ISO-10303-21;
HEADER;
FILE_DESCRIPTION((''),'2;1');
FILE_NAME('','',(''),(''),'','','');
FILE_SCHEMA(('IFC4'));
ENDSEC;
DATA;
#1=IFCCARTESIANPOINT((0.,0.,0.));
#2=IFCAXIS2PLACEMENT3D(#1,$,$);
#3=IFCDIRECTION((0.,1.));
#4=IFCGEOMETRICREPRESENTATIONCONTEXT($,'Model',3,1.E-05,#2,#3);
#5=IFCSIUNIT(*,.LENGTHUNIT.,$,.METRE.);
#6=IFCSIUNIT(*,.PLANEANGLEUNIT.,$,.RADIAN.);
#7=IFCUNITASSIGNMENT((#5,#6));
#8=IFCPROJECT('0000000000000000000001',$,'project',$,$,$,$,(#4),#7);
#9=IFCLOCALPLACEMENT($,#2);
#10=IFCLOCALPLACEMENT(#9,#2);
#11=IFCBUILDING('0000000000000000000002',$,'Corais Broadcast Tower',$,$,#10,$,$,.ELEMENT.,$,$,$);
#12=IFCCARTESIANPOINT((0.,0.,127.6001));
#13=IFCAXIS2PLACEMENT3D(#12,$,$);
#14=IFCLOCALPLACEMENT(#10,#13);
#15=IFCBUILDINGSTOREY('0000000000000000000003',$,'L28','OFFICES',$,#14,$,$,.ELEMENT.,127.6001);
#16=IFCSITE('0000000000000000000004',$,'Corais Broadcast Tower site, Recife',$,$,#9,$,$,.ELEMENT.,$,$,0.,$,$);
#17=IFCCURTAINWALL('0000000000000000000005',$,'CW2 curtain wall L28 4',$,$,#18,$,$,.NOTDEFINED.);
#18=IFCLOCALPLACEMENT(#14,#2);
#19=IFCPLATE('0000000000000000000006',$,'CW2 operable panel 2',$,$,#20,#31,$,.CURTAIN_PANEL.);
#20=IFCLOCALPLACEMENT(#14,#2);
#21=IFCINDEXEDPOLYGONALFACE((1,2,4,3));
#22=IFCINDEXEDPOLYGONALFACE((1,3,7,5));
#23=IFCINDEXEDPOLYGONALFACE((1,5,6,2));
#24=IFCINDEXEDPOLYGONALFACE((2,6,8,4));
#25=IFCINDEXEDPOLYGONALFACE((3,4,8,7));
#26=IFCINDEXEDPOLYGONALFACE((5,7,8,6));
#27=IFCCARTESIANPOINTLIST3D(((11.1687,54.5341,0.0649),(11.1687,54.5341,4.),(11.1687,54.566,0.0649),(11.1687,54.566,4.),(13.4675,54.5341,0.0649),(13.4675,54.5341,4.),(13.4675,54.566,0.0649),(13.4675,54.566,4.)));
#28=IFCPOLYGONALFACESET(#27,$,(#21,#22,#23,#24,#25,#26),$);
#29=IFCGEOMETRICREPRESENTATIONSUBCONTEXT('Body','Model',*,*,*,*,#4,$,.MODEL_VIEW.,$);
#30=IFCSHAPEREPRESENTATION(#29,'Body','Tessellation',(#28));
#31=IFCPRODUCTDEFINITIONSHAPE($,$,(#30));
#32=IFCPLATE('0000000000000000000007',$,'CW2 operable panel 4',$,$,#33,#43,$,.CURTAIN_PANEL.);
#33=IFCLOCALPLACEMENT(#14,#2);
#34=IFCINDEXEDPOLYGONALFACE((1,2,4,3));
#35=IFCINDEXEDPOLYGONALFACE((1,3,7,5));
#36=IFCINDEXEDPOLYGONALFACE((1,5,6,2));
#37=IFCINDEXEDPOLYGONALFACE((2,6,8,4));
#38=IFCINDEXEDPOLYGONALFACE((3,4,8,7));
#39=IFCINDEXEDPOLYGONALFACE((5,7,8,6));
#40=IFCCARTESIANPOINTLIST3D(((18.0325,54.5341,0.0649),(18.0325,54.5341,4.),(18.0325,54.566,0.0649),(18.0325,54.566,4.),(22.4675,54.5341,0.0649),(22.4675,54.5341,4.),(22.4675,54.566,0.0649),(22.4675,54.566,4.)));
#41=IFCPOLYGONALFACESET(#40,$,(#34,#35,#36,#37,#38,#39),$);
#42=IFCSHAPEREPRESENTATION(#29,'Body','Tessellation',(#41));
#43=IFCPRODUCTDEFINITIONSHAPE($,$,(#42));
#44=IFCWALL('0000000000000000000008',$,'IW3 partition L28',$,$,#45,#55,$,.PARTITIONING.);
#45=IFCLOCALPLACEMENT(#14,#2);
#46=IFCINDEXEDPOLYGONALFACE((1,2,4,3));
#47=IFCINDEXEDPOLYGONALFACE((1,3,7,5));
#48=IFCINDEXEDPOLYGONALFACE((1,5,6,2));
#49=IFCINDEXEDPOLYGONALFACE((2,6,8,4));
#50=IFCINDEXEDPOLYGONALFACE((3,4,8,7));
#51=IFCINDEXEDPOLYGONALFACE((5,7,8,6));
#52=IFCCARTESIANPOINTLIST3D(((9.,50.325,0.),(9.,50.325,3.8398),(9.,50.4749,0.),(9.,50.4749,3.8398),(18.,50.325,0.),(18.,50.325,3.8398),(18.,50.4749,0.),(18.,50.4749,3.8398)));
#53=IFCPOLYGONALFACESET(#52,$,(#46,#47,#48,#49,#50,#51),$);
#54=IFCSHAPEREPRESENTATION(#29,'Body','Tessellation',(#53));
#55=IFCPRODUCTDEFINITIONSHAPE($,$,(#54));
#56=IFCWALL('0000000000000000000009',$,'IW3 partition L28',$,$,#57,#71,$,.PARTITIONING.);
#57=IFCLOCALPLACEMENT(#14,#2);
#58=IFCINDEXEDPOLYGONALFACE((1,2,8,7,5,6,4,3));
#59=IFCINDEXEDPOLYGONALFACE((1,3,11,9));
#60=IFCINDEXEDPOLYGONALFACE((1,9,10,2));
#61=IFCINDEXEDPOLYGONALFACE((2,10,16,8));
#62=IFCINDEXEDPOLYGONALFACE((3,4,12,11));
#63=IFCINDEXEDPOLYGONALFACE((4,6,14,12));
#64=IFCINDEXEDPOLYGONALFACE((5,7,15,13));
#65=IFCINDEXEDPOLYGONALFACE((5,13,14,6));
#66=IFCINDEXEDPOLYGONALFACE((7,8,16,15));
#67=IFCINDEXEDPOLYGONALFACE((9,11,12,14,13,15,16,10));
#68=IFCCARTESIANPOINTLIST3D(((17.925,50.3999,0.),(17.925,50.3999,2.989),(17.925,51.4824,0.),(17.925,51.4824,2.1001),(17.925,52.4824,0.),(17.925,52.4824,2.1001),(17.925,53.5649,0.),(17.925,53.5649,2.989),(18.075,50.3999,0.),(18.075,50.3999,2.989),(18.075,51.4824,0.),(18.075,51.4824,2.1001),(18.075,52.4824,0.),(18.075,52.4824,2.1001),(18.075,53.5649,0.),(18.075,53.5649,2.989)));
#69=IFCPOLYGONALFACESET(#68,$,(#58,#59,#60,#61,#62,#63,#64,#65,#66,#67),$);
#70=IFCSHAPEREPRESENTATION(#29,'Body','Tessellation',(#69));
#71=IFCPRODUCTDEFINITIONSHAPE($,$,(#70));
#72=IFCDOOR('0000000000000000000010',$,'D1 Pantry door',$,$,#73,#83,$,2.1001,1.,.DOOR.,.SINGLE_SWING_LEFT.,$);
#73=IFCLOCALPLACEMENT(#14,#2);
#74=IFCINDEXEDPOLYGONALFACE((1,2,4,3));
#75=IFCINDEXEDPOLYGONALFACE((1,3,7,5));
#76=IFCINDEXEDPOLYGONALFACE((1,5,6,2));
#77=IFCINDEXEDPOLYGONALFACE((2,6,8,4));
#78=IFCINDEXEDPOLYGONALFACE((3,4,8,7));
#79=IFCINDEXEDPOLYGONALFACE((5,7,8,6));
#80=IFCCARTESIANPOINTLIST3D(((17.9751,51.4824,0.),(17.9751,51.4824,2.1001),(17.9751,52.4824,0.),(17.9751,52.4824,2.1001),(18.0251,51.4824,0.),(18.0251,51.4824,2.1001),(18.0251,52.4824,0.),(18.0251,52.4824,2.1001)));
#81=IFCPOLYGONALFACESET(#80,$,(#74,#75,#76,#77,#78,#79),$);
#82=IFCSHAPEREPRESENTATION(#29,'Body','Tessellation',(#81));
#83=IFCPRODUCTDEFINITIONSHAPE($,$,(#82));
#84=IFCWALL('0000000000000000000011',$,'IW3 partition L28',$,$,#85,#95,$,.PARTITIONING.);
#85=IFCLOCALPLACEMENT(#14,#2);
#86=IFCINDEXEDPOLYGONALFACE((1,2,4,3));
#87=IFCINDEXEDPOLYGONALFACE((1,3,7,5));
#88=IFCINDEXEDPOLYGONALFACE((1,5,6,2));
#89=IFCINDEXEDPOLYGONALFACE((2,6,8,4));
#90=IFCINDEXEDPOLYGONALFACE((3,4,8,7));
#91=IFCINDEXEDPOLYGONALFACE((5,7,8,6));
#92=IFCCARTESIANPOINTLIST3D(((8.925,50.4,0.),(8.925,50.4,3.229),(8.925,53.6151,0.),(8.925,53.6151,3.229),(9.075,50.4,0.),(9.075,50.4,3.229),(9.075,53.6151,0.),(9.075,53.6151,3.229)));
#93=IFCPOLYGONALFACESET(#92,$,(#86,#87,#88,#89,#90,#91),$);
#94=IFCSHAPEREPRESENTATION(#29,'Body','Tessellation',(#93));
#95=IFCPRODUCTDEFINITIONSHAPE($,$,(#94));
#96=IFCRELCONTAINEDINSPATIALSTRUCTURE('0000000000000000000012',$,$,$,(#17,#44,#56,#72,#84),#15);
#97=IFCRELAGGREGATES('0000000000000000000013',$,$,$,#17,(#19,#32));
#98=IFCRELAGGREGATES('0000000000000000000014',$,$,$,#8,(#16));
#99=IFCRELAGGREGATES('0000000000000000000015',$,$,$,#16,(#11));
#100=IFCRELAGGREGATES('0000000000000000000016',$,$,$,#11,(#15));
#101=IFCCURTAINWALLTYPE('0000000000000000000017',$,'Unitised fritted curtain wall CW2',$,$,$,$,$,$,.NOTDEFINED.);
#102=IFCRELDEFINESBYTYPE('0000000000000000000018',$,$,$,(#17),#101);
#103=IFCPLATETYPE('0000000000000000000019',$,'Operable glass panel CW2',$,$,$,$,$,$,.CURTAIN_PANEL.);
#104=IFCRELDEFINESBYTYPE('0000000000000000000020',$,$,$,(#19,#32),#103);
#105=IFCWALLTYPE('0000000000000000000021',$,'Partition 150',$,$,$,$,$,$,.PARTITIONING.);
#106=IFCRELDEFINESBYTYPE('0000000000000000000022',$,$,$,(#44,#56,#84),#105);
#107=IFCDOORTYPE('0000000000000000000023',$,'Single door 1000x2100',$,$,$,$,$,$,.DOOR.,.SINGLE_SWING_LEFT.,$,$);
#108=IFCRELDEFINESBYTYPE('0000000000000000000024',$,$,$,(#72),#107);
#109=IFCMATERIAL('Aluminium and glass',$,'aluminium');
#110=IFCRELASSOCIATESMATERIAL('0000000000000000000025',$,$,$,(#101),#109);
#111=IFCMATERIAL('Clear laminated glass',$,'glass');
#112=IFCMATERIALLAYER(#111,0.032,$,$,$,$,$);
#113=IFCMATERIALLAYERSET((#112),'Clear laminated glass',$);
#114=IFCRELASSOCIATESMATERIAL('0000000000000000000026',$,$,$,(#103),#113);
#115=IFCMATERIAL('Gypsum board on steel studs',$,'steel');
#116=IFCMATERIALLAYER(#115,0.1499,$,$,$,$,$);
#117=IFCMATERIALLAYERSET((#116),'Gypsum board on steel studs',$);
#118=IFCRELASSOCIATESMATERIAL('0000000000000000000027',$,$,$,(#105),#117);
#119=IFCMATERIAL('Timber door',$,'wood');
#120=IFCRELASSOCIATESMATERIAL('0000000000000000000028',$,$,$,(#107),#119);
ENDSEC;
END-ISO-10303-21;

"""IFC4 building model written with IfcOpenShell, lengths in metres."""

from ifc_helpers import new_model, si_unit, direction, frame, frame_2d, origin, origin_2d, place, context, subcontext, project, spatial, rectangle, extrude, material, layer, layer_set, type_object, element, fill, aggregate, save


model = new_model("IFC4")

# Units and contexts
model_context = context("Model", 3, precision=1e-05, world=origin(), true_north=direction((0.0, 1.0)))
body_context = subcontext(model_context, "Body", "Model", "MODEL_VIEW")
ifc_project = project(units=[si_unit("LENGTHUNIT", "METRE"), si_unit("PLANEANGLEUNIT", "RADIAN")], contexts=[model_context])

# Site, building, storey
site_placement = place(None, origin())
site = spatial("IfcSite", under=ifc_project, at=site_placement, Name="Corais Broadcast Tower site, Recife", CompositionType="ELEMENT", RefElevation=0.0)
building_placement = place(site_placement, origin())
building = spatial("IfcBuilding", under=site, at=building_placement, Name="Corais Broadcast Tower", CompositionType="ELEMENT")
storey_placement = place(building_placement, frame((0.0, 0.0, 127.6001)))
storey = spatial("IfcBuildingStorey", under=building, at=storey_placement, Name="L28", Description="OFFICES", CompositionType="ELEMENT", Elevation=127.6001)

# Curtain wall
ifc_material_1 = material(Name="Aluminium and glass", Category="aluminium")
curtain_wall_type = type_object("IfcCurtainWallType", Name="Unitised fritted curtain wall CW2", PredefinedType="NOTDEFINED", material=ifc_material_1)
curtain_wall_placement = place(storey_placement, origin())
curtain_wall = element("IfcCurtainWall", 1, at=curtain_wall_placement, inside=storey, type_object=curtain_wall_type, Name="CW2 curtain wall L28 4", PredefinedType="NOTDEFINED")

# Plates
ifc_material_2 = material(Name="Clear laminated glass", Category="glass")
ifc_layer_1 = layer(ifc_material_2, 0.032)
ifc_layer_set_1 = layer_set([ifc_layer_1], Name="Clear laminated glass")
plate_type_1 = type_object("IfcPlateType", Name="Operable glass panel CW2", PredefinedType="CURTAIN_PANEL", material=ifc_layer_set_1)
plate_1_placement = place(storey_placement, frame((12.3181, 54.55, 0.0649), z_axis=(0.0, 0.0, 1.0), x_axis=(1.0, 0.0, 0.0)))
plate_1 = element("IfcPlate", 2, at=plate_1_placement, type_object=plate_type_1, Name="CW2 operable panel 2", PredefinedType="CURTAIN_PANEL", context=body_context, shape_type="SweptSolid", body=[
    extrude(rectangle(XDim=2.2988, YDim=0.032, at=origin_2d()), origin(), (0.0, 0.0, 1.0), 3.9351),
])
plate_2_placement = place(storey_placement, frame((20.25, 54.55, 0.0649), z_axis=(0.0, 0.0, 1.0), x_axis=(1.0, 0.0, 0.0)))
plate_2 = element("IfcPlate", 3, at=plate_2_placement, type_object=plate_type_1, Name="CW2 operable panel 4", PredefinedType="CURTAIN_PANEL", context=body_context, shape_type="SweptSolid", body=[
    extrude(rectangle(XDim=4.4351, YDim=0.032, at=origin_2d()), origin(), (0.0, 0.0, 1.0), 3.9351),
])
aggregate(curtain_wall, [plate_1, plate_2])

# Wall
ifc_material_3 = material(Name="Gypsum board on steel studs", Category="steel")
ifc_layer_2 = layer(ifc_material_3, 0.1499)
ifc_layer_set_2 = layer_set([ifc_layer_2], Name="Gypsum board on steel studs")
wall_type = type_object("IfcWallType", Name="Partition 150", PredefinedType="PARTITIONING", material=ifc_layer_set_2)
wall_1_placement = place(storey_placement, frame((9.0, 50.3999, 0.0), z_axis=(0.0, 0.0, 1.0), x_axis=(1.0, 0.0, 0.0)))
element("IfcWall", 4, at=wall_1_placement, inside=storey, type_object=wall_type, Name="IW3 partition L28", PredefinedType="PARTITIONING", context=body_context, shape_type="SweptSolid", body=[
    extrude(rectangle(XDim=9.0, YDim=0.1499, at=frame_2d((4.5, 0.0))), origin(), (0.0, 0.0, 1.0), 3.8398),
])

# Wall, opening, door
wall_2_placement = place(storey_placement, frame((18.0, 50.3999, 0.0), z_axis=(0.0, 0.0, 1.0), x_axis=(0.0, 1.0, 0.0)))
wall_2 = element("IfcWall", 5, at=wall_2_placement, inside=storey, type_object=wall_type, Name="IW3 partition L28", PredefinedType="PARTITIONING", context=body_context, shape_type="SweptSolid", body=[
    extrude(rectangle(XDim=3.165, YDim=0.1499, at=frame_2d((1.5825, 0.0))), origin(), (0.0, 0.0, 1.0), 2.989),
])
opening_placement = place(wall_2_placement, frame((1.0825, 0.0, 0.0)))
opening = element("IfcOpeningElement", 6, at=opening_placement, cuts=wall_2, PredefinedType="OPENING", context=body_context, shape_type="SweptSolid", body=[
    extrude(rectangle(XDim=1.0, YDim=2.1001, at=frame_2d((0.5, 1.05))), frame((0.0, 0.085, 0.0), z_axis=(0.0, -1.0, 0.0), x_axis=(1.0, 0.0, 0.0)), (0.0, 0.0, 1.0), 0.1699),
])
ifc_material_4 = material(Name="Timber door", Category="wood")
door_type = type_object("IfcDoorType", Name="Single door 1000x2100", OperationType="SINGLE_SWING_LEFT", PredefinedType="DOOR", material=ifc_material_4)
door_placement = place(opening_placement, origin())
door = element("IfcDoor", 7, at=door_placement, inside=storey, type_object=door_type, Name="D1 Pantry door", OperationType="SINGLE_SWING_LEFT", OverallHeight=2.1001, OverallWidth=1.0, PredefinedType="DOOR", context=body_context, shape_type="SweptSolid", body=[
    extrude(rectangle(XDim=1.0, YDim=2.1001, at=frame_2d((0.5, 1.05))), frame((0.0, 0.0249, 0.0), z_axis=(0.0, -1.0, 0.0), x_axis=(1.0, 0.0, 0.0)), (0.0, 0.0, 1.0), 0.05),
])
fill(opening, door)

# Wall
wall_3_placement = place(storey_placement, frame((9.0, 53.615, 0.0), z_axis=(0.0, 0.0, 1.0), x_axis=(0.0, -1.0, 0.0)))
element("IfcWall", 8, at=wall_3_placement, inside=storey, type_object=wall_type, Name="IW3 partition L28", PredefinedType="PARTITIONING", context=body_context, shape_type="SweptSolid", body=[
    extrude(rectangle(XDim=3.2151, YDim=0.1499, at=frame_2d((1.6074, 0.0))), origin(), (0.0, 0.0, 1.0), 3.229),
])

save(model, "model.ifc")
